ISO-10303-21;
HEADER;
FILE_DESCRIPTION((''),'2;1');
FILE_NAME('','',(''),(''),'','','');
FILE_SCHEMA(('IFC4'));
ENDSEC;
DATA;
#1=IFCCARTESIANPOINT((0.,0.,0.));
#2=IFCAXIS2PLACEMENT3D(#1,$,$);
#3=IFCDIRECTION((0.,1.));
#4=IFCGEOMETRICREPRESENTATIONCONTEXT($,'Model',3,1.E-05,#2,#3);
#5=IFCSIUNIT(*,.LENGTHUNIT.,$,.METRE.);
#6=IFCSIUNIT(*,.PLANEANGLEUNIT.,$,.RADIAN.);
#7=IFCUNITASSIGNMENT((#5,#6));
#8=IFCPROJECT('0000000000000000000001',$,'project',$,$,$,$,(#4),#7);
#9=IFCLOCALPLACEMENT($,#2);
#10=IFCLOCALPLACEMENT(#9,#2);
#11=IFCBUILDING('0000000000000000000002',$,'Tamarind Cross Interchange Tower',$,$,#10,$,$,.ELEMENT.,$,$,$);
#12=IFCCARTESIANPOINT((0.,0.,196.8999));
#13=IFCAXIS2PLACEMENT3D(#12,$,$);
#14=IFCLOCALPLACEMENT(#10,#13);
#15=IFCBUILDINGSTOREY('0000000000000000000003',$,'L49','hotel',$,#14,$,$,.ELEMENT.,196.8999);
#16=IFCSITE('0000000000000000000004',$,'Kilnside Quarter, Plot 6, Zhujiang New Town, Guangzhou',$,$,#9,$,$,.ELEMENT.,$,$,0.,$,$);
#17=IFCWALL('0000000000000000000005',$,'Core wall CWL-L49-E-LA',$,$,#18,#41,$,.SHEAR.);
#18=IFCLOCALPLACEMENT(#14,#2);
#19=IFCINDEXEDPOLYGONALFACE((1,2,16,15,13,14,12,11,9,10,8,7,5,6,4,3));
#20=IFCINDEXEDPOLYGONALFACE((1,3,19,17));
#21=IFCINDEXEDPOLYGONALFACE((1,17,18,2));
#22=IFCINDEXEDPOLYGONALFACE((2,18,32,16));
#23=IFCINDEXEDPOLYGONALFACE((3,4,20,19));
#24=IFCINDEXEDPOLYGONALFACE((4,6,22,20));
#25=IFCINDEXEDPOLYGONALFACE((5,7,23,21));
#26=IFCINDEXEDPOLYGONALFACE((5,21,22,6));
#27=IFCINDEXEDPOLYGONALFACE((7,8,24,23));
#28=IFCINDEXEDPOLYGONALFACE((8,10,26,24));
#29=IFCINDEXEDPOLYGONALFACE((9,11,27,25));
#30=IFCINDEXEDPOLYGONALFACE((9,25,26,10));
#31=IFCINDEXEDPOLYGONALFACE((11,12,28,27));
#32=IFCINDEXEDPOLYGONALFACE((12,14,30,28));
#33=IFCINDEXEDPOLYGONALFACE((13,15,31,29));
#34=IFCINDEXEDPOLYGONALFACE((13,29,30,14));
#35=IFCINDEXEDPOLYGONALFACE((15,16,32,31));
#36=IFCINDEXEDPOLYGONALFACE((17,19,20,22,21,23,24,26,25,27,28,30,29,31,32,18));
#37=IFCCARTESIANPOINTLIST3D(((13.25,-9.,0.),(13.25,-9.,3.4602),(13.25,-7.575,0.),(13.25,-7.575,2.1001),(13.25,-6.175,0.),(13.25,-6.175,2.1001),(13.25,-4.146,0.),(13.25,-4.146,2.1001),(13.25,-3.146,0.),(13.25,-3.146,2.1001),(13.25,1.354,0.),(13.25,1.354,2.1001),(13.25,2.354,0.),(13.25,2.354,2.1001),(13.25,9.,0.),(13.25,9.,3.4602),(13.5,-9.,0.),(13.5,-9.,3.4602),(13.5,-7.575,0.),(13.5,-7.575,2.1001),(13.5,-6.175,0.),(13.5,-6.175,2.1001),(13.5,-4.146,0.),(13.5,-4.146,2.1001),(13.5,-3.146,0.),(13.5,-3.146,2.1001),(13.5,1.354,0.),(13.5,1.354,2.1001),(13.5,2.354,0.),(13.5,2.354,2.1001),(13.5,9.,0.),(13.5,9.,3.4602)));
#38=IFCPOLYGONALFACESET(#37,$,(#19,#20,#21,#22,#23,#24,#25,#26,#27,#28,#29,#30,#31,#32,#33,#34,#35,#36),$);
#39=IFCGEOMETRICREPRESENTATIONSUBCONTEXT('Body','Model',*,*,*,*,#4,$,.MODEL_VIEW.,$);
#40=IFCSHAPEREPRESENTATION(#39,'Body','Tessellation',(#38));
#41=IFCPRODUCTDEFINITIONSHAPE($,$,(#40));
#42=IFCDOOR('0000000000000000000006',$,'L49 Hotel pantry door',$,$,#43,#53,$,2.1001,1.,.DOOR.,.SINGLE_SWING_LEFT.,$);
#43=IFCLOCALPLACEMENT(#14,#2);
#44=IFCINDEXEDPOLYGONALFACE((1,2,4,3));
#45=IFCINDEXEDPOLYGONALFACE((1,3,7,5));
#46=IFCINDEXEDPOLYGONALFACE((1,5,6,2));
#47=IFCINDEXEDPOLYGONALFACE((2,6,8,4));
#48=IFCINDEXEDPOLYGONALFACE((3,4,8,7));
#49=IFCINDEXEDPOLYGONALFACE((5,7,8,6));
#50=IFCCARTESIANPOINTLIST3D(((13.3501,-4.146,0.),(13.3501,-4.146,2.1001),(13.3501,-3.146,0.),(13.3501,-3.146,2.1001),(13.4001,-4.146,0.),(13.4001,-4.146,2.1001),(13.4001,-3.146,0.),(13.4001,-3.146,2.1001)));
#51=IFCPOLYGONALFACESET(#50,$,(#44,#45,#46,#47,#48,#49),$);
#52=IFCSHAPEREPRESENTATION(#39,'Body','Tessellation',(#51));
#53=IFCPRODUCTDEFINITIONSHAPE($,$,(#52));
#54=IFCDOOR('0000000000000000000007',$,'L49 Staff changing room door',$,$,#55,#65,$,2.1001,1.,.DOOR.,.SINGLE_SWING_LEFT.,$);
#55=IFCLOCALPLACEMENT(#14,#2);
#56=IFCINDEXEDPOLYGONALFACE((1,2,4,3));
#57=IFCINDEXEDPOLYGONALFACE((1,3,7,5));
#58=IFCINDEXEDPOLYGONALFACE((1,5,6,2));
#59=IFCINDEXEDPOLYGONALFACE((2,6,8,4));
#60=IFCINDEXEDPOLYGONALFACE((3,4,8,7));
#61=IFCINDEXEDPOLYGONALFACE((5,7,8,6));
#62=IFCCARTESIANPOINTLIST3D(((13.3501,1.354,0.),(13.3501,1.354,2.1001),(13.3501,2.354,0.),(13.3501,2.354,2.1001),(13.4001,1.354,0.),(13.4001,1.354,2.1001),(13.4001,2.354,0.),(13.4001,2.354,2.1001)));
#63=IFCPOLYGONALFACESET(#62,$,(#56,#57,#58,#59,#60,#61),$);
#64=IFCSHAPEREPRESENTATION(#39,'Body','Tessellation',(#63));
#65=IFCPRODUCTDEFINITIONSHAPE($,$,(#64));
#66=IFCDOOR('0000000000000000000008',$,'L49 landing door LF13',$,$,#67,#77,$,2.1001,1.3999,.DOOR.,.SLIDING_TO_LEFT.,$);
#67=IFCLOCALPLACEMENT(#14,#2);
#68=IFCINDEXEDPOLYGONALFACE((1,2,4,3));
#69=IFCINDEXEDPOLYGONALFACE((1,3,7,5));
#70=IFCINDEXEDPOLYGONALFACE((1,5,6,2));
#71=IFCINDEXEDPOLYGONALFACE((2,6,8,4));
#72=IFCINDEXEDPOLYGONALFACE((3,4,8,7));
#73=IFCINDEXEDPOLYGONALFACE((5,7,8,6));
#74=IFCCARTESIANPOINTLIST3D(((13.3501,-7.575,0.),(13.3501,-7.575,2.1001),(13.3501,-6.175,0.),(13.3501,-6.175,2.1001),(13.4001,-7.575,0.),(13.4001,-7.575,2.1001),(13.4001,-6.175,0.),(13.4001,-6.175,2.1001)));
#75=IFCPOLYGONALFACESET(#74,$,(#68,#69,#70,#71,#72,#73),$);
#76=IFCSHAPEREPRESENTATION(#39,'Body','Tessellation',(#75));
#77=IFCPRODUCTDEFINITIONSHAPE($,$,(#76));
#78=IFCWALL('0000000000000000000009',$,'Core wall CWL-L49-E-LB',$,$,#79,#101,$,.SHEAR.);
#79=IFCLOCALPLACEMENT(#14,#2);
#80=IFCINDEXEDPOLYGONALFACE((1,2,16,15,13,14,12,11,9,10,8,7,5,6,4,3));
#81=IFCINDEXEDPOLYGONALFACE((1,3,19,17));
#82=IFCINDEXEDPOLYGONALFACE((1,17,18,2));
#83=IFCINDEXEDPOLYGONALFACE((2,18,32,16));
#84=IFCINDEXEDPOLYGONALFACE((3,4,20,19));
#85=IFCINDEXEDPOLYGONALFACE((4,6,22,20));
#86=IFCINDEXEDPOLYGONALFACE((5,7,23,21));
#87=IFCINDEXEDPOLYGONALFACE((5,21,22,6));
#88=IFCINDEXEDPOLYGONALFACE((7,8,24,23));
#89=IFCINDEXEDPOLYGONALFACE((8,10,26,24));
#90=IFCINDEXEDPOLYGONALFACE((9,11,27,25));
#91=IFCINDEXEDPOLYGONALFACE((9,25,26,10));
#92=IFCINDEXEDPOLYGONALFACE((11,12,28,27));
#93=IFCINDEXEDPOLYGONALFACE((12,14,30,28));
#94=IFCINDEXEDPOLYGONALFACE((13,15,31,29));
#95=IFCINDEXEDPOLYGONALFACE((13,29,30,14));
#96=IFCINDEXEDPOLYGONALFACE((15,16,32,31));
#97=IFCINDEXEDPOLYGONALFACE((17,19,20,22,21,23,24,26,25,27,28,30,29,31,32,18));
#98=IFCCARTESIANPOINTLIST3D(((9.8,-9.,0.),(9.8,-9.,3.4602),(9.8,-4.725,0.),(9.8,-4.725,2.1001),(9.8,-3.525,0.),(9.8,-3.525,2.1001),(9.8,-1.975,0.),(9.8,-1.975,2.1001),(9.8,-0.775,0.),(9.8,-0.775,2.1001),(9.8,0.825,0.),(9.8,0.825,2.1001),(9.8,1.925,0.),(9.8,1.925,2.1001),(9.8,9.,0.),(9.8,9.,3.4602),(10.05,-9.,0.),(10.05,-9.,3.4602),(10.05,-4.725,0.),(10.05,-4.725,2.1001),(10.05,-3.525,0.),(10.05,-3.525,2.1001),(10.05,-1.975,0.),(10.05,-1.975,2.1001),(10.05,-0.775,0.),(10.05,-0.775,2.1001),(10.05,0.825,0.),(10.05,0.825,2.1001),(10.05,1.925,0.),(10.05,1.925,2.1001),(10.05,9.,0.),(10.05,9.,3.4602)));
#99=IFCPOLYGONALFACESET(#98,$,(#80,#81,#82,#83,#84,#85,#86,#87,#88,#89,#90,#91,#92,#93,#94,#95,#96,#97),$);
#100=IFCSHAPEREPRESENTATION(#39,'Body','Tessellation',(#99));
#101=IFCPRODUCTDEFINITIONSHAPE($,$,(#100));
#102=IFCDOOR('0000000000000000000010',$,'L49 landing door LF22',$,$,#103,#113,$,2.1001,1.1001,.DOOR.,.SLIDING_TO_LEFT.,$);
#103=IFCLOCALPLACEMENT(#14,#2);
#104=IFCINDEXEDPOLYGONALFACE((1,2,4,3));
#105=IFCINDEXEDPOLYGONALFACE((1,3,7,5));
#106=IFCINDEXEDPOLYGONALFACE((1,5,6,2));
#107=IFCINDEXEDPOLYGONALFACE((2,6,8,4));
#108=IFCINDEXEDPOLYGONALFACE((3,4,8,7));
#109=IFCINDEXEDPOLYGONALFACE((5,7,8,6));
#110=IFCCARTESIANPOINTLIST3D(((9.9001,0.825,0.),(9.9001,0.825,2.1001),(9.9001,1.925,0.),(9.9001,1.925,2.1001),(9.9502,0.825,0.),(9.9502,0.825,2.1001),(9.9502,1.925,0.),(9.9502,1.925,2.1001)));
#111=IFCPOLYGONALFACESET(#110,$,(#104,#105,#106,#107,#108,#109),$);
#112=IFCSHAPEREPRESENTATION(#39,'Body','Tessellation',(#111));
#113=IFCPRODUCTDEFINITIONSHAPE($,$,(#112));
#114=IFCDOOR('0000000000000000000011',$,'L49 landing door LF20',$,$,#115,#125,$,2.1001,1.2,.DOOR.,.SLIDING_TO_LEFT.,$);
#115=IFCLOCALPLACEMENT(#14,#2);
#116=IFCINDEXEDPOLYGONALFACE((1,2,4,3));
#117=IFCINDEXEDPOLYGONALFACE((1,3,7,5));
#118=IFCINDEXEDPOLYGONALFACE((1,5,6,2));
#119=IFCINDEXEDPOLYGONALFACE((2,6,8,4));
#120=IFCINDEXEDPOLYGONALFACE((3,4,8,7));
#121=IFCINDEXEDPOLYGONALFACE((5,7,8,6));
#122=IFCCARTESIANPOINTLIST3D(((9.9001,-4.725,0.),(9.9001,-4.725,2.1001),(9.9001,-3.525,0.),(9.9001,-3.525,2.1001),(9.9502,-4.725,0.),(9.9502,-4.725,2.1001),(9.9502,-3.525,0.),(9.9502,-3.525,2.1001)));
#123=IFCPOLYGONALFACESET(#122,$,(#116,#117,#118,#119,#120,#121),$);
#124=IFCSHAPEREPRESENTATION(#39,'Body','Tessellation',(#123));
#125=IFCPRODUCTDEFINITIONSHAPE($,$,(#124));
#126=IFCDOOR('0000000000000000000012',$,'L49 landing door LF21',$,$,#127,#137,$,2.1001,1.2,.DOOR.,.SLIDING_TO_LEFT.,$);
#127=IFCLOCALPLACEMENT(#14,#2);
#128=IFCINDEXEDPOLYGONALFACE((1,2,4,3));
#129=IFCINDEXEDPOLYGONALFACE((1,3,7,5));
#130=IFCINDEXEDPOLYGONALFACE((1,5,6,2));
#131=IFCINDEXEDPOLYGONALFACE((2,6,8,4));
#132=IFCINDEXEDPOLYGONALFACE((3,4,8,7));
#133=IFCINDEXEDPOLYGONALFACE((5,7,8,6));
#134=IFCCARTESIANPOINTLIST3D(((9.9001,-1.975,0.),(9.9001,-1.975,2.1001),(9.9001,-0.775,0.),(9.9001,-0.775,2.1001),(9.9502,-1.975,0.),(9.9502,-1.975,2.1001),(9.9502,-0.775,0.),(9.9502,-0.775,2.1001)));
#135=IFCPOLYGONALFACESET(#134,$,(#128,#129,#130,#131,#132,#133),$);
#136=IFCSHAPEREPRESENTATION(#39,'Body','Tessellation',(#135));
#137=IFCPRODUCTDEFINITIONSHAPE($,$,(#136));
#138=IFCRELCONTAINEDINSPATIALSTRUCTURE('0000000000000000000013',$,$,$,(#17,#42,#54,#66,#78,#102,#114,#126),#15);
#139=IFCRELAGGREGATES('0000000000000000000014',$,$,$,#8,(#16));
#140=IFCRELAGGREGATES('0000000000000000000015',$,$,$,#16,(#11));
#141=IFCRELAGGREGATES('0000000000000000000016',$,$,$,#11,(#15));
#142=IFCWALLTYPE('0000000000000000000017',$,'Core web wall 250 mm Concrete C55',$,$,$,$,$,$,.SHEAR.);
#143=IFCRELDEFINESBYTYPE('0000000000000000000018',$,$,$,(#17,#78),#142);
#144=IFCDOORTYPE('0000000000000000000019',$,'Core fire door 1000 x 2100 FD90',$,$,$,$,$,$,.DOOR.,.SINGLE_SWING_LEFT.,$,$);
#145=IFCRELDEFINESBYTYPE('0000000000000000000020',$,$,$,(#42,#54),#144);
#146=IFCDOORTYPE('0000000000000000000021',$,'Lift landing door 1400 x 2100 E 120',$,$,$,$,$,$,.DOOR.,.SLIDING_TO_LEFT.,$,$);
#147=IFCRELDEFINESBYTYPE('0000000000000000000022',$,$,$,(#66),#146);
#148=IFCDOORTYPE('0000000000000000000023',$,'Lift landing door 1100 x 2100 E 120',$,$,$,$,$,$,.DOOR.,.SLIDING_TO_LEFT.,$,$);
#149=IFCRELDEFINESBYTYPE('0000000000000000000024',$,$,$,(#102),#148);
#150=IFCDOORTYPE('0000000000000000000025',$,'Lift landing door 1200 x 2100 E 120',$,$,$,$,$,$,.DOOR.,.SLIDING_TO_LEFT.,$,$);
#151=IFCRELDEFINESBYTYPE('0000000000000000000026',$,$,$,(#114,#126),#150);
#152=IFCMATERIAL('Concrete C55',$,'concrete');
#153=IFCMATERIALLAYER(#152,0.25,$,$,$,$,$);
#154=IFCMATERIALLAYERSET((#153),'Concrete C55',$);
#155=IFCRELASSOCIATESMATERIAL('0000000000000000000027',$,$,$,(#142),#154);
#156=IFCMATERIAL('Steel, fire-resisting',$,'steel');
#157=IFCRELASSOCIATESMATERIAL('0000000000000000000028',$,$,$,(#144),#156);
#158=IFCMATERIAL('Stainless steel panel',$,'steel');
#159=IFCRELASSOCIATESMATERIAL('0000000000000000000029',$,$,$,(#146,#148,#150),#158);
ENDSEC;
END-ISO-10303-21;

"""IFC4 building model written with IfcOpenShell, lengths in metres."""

from ifc_helpers import new_model, si_unit, direction, frame, frame_2d, origin, place, context, subcontext, project, spatial, rectangle, extrude, material, layer, layer_set, type_object, element, fill, save


model = new_model("IFC4")

# Units and contexts
model_context = context("Model", 3, precision=1e-05, world=origin(), true_north=direction((0.0, 1.0)))
body_context = subcontext(model_context, "Body", "Model", "MODEL_VIEW")
ifc_project = project(units=[si_unit("LENGTHUNIT", "METRE"), si_unit("PLANEANGLEUNIT", "RADIAN")], contexts=[model_context])

# Site, building, storey
site_placement = place(None, origin())
site = spatial("IfcSite", under=ifc_project, at=site_placement, Name="Kilnside Quarter, Plot 6, Zhujiang New Town, Guangzhou", CompositionType="ELEMENT", RefElevation=0.0)
building_placement = place(site_placement, origin())
building = spatial("IfcBuilding", under=site, at=building_placement, Name="Tamarind Cross Interchange Tower", CompositionType="ELEMENT")
storey_placement = place(building_placement, frame((0.0, 0.0, 196.8999)))
storey = spatial("IfcBuildingStorey", under=building, at=storey_placement, Name="L49", Description="hotel", CompositionType="ELEMENT", Elevation=196.8999)

# Shared definitions
ifc_material_1 = material(Name="Concrete C55", Category="concrete")

# Shared definitions
ifc_layer_1 = layer(ifc_material_1, 0.25)
ifc_layer_set_1 = layer_set([ifc_layer_1], Name="Concrete C55")
wall_type_1 = type_object("IfcWallType", Name="Core web wall 250 mm Concrete C55", PredefinedType="SHEAR", material=ifc_layer_set_1)

# Walls, openings, doors
wall_1_placement = place(storey_placement, frame((13.375, -9.0, 0.0), z_axis=(0.0, 0.0, 1.0), x_axis=(0.0, 1.0, 0.0)))
wall_1 = element("IfcWall", 1, at=wall_1_placement, inside=storey, type_object=wall_type_1, Name="Core wall CWL-L49-E-LA", PredefinedType="SHEAR", context=body_context, shape_type="SweptSolid", body=[
    extrude(rectangle(XDim=18.0, YDim=0.25, at=frame_2d((9.0, 0.0))), origin(), (0.0, 0.0, 1.0), 3.4602),
])
opening_1_placement = place(wall_1_placement, frame((1.425, 0.0, 0.0)))
opening_1 = element("IfcOpeningElement", 2, at=opening_1_placement, cuts=wall_1, PredefinedType="OPENING", context=body_context, shape_type="SweptSolid", body=[
    extrude(rectangle(XDim=1.3999, YDim=2.1001, at=frame_2d((0.7, 1.05))), frame((0.0, 0.135, 0.0), z_axis=(0.0, -1.0, 0.0), x_axis=(1.0, 0.0, 0.0)), (0.0, 0.0, 1.0), 0.27),
])
opening_2_placement = place(wall_1_placement, frame((4.854, 0.0, 0.0)))
opening_2 = element("IfcOpeningElement", 3, at=opening_2_placement, cuts=wall_1, PredefinedType="OPENING", context=body_context, shape_type="SweptSolid", body=[
    extrude(rectangle(XDim=1.0, YDim=2.1001, at=frame_2d((0.5, 1.05))), frame((0.0, 0.135, 0.0), z_axis=(0.0, -1.0, 0.0), x_axis=(1.0, 0.0, 0.0)), (0.0, 0.0, 1.0), 0.27),
])
opening_3_placement = place(wall_1_placement, frame((10.354, 0.0, 0.0)))
opening_3 = element("IfcOpeningElement", 4, at=opening_3_placement, cuts=wall_1, PredefinedType="OPENING", context=body_context, shape_type="SweptSolid", body=[
    extrude(rectangle(XDim=1.0, YDim=2.1001, at=frame_2d((0.5, 1.05))), frame((0.0, 0.135, 0.0), z_axis=(0.0, -1.0, 0.0), x_axis=(1.0, 0.0, 0.0)), (0.0, 0.0, 1.0), 0.27),
])
ifc_material_2 = material(Name="Steel, fire-resisting", Category="steel")
door_type_1 = type_object("IfcDoorType", Name="Core fire door 1000 x 2100 FD90", OperationType="SINGLE_SWING_LEFT", PredefinedType="DOOR", material=ifc_material_2)
door_1_placement = place(opening_2_placement, origin())
door_1 = element("IfcDoor", 5, at=door_1_placement, inside=storey, type_object=door_type_1, Name="L49 Hotel pantry door", OperationType="SINGLE_SWING_LEFT", OverallHeight=2.1001, OverallWidth=1.0, PredefinedType="DOOR", context=body_context, shape_type="SweptSolid", body=[
    extrude(rectangle(XDim=1.0, YDim=2.1001, at=frame_2d((0.5, 1.05))), frame((0.0, 0.0249, 0.0), z_axis=(0.0, -1.0, 0.0), x_axis=(1.0, 0.0, 0.0)), (0.0, 0.0, 1.0), 0.05),
])
fill(opening_2, door_1)
door_2_placement = place(opening_3_placement, origin())
door_2 = element("IfcDoor", 6, at=door_2_placement, inside=storey, type_object=door_type_1, Name="L49 Staff changing room door", OperationType="SINGLE_SWING_LEFT", OverallHeight=2.1001, OverallWidth=1.0, PredefinedType="DOOR", context=body_context, shape_type="SweptSolid", body=[
    extrude(rectangle(XDim=1.0, YDim=2.1001, at=frame_2d((0.5, 1.05))), frame((0.0, 0.0249, 0.0), z_axis=(0.0, -1.0, 0.0), x_axis=(1.0, 0.0, 0.0)), (0.0, 0.0, 1.0), 0.05),
])
fill(opening_3, door_2)
ifc_material_3 = material(Name="Stainless steel panel", Category="steel")
door_type_2 = type_object("IfcDoorType", Name="Lift landing door 1400 x 2100 E 120", OperationType="SLIDING_TO_LEFT", PredefinedType="DOOR", material=ifc_material_3)
door_3_placement = place(opening_1_placement, origin())
door_3 = element("IfcDoor", 7, at=door_3_placement, inside=storey, type_object=door_type_2, Name="L49 landing door LF13", OperationType="SLIDING_TO_LEFT", OverallHeight=2.1001, OverallWidth=1.3999, PredefinedType="DOOR", context=body_context, shape_type="SweptSolid", body=[
    extrude(rectangle(XDim=1.3999, YDim=2.1001, at=frame_2d((0.7, 1.05))), frame((0.0, 0.0249, 0.0), z_axis=(0.0, -1.0, 0.0), x_axis=(1.0, 0.0, 0.0)), (0.0, 0.0, 1.0), 0.05),
])
fill(opening_1, door_3)
wall_2_placement = place(storey_placement, frame((9.925, -9.0, 0.0), z_axis=(0.0, 0.0, 1.0), x_axis=(0.0, 1.0, 0.0)))
wall_2 = element("IfcWall", 8, at=wall_2_placement, inside=storey, type_object=wall_type_1, Name="Core wall CWL-L49-E-LB", PredefinedType="SHEAR", context=body_context, shape_type="SweptSolid", body=[
    extrude(rectangle(XDim=18.0, YDim=0.25, at=frame_2d((9.0, 0.0))), origin(), (0.0, 0.0, 1.0), 3.4602),
])
opening_4_placement = place(wall_2_placement, frame((4.2749, 0.0, 0.0)))
opening_4 = element("IfcOpeningElement", 9, at=opening_4_placement, cuts=wall_2, PredefinedType="OPENING", context=body_context, shape_type="SweptSolid", body=[
    extrude(rectangle(XDim=1.2, YDim=2.1001, at=frame_2d((0.6001, 1.05))), frame((0.0, 0.135, 0.0), z_axis=(0.0, -1.0, 0.0), x_axis=(1.0, 0.0, 0.0)), (0.0, 0.0, 1.0), 0.27),
])
opening_5_placement = place(wall_2_placement, frame((7.0249, 0.0, 0.0)))
opening_5 = element("IfcOpeningElement", 10, at=opening_5_placement, cuts=wall_2, PredefinedType="OPENING", context=body_context, shape_type="SweptSolid", body=[
    extrude(rectangle(XDim=1.2, YDim=2.1001, at=frame_2d((0.6001, 1.05))), frame((0.0, 0.135, 0.0), z_axis=(0.0, -1.0, 0.0), x_axis=(1.0, 0.0, 0.0)), (0.0, 0.0, 1.0), 0.27),
])
opening_6_placement = place(wall_2_placement, frame((9.825, 0.0, 0.0)))
opening_6 = element("IfcOpeningElement", 11, at=opening_6_placement, cuts=wall_2, PredefinedType="OPENING", context=body_context, shape_type="SweptSolid", body=[
    extrude(rectangle(XDim=1.1001, YDim=2.1001, at=frame_2d((0.55, 1.05))), frame((0.0, 0.135, 0.0), z_axis=(0.0, -1.0, 0.0), x_axis=(1.0, 0.0, 0.0)), (0.0, 0.0, 1.0), 0.27),
])
door_type_3 = type_object("IfcDoorType", Name="Lift landing door 1100 x 2100 E 120", OperationType="SLIDING_TO_LEFT", PredefinedType="DOOR", material=ifc_material_3)
door_4_placement = place(opening_6_placement, origin())
door_4 = element("IfcDoor", 12, at=door_4_placement, inside=storey, type_object=door_type_3, Name="L49 landing door LF22", OperationType="SLIDING_TO_LEFT", OverallHeight=2.1001, OverallWidth=1.1001, PredefinedType="DOOR", context=body_context, shape_type="SweptSolid", body=[
    extrude(rectangle(XDim=1.1001, YDim=2.1001, at=frame_2d((0.55, 1.05))), frame((0.0, 0.0249, 0.0), z_axis=(0.0, -1.0, 0.0), x_axis=(1.0, 0.0, 0.0)), (0.0, 0.0, 1.0), 0.05),
])
fill(opening_6, door_4)
door_type_4 = type_object("IfcDoorType", Name="Lift landing door 1200 x 2100 E 120", OperationType="SLIDING_TO_LEFT", PredefinedType="DOOR", material=ifc_material_3)
door_5_placement = place(opening_4_placement, origin())
door_5 = element("IfcDoor", 13, at=door_5_placement, inside=storey, type_object=door_type_4, Name="L49 landing door LF20", OperationType="SLIDING_TO_LEFT", OverallHeight=2.1001, OverallWidth=1.2, PredefinedType="DOOR", context=body_context, shape_type="SweptSolid", body=[
    extrude(rectangle(XDim=1.2, YDim=2.1001, at=frame_2d((0.6001, 1.05))), frame((0.0, 0.0249, 0.0), z_axis=(0.0, -1.0, 0.0), x_axis=(1.0, 0.0, 0.0)), (0.0, 0.0, 1.0), 0.05),
])
fill(opening_4, door_5)
door_6_placement = place(opening_5_placement, origin())
door_6 = element("IfcDoor", 14, at=door_6_placement, inside=storey, type_object=door_type_4, Name="L49 landing door LF21", OperationType="SLIDING_TO_LEFT", OverallHeight=2.1001, OverallWidth=1.2, PredefinedType="DOOR", context=body_context, shape_type="SweptSolid", body=[
    extrude(rectangle(XDim=1.2, YDim=2.1001, at=frame_2d((0.6001, 1.05))), frame((0.0, 0.0249, 0.0), z_axis=(0.0, -1.0, 0.0), x_axis=(1.0, 0.0, 0.0)), (0.0, 0.0, 1.0), 0.05),
])
fill(opening_5, door_6)

save(model, "model.ifc")
